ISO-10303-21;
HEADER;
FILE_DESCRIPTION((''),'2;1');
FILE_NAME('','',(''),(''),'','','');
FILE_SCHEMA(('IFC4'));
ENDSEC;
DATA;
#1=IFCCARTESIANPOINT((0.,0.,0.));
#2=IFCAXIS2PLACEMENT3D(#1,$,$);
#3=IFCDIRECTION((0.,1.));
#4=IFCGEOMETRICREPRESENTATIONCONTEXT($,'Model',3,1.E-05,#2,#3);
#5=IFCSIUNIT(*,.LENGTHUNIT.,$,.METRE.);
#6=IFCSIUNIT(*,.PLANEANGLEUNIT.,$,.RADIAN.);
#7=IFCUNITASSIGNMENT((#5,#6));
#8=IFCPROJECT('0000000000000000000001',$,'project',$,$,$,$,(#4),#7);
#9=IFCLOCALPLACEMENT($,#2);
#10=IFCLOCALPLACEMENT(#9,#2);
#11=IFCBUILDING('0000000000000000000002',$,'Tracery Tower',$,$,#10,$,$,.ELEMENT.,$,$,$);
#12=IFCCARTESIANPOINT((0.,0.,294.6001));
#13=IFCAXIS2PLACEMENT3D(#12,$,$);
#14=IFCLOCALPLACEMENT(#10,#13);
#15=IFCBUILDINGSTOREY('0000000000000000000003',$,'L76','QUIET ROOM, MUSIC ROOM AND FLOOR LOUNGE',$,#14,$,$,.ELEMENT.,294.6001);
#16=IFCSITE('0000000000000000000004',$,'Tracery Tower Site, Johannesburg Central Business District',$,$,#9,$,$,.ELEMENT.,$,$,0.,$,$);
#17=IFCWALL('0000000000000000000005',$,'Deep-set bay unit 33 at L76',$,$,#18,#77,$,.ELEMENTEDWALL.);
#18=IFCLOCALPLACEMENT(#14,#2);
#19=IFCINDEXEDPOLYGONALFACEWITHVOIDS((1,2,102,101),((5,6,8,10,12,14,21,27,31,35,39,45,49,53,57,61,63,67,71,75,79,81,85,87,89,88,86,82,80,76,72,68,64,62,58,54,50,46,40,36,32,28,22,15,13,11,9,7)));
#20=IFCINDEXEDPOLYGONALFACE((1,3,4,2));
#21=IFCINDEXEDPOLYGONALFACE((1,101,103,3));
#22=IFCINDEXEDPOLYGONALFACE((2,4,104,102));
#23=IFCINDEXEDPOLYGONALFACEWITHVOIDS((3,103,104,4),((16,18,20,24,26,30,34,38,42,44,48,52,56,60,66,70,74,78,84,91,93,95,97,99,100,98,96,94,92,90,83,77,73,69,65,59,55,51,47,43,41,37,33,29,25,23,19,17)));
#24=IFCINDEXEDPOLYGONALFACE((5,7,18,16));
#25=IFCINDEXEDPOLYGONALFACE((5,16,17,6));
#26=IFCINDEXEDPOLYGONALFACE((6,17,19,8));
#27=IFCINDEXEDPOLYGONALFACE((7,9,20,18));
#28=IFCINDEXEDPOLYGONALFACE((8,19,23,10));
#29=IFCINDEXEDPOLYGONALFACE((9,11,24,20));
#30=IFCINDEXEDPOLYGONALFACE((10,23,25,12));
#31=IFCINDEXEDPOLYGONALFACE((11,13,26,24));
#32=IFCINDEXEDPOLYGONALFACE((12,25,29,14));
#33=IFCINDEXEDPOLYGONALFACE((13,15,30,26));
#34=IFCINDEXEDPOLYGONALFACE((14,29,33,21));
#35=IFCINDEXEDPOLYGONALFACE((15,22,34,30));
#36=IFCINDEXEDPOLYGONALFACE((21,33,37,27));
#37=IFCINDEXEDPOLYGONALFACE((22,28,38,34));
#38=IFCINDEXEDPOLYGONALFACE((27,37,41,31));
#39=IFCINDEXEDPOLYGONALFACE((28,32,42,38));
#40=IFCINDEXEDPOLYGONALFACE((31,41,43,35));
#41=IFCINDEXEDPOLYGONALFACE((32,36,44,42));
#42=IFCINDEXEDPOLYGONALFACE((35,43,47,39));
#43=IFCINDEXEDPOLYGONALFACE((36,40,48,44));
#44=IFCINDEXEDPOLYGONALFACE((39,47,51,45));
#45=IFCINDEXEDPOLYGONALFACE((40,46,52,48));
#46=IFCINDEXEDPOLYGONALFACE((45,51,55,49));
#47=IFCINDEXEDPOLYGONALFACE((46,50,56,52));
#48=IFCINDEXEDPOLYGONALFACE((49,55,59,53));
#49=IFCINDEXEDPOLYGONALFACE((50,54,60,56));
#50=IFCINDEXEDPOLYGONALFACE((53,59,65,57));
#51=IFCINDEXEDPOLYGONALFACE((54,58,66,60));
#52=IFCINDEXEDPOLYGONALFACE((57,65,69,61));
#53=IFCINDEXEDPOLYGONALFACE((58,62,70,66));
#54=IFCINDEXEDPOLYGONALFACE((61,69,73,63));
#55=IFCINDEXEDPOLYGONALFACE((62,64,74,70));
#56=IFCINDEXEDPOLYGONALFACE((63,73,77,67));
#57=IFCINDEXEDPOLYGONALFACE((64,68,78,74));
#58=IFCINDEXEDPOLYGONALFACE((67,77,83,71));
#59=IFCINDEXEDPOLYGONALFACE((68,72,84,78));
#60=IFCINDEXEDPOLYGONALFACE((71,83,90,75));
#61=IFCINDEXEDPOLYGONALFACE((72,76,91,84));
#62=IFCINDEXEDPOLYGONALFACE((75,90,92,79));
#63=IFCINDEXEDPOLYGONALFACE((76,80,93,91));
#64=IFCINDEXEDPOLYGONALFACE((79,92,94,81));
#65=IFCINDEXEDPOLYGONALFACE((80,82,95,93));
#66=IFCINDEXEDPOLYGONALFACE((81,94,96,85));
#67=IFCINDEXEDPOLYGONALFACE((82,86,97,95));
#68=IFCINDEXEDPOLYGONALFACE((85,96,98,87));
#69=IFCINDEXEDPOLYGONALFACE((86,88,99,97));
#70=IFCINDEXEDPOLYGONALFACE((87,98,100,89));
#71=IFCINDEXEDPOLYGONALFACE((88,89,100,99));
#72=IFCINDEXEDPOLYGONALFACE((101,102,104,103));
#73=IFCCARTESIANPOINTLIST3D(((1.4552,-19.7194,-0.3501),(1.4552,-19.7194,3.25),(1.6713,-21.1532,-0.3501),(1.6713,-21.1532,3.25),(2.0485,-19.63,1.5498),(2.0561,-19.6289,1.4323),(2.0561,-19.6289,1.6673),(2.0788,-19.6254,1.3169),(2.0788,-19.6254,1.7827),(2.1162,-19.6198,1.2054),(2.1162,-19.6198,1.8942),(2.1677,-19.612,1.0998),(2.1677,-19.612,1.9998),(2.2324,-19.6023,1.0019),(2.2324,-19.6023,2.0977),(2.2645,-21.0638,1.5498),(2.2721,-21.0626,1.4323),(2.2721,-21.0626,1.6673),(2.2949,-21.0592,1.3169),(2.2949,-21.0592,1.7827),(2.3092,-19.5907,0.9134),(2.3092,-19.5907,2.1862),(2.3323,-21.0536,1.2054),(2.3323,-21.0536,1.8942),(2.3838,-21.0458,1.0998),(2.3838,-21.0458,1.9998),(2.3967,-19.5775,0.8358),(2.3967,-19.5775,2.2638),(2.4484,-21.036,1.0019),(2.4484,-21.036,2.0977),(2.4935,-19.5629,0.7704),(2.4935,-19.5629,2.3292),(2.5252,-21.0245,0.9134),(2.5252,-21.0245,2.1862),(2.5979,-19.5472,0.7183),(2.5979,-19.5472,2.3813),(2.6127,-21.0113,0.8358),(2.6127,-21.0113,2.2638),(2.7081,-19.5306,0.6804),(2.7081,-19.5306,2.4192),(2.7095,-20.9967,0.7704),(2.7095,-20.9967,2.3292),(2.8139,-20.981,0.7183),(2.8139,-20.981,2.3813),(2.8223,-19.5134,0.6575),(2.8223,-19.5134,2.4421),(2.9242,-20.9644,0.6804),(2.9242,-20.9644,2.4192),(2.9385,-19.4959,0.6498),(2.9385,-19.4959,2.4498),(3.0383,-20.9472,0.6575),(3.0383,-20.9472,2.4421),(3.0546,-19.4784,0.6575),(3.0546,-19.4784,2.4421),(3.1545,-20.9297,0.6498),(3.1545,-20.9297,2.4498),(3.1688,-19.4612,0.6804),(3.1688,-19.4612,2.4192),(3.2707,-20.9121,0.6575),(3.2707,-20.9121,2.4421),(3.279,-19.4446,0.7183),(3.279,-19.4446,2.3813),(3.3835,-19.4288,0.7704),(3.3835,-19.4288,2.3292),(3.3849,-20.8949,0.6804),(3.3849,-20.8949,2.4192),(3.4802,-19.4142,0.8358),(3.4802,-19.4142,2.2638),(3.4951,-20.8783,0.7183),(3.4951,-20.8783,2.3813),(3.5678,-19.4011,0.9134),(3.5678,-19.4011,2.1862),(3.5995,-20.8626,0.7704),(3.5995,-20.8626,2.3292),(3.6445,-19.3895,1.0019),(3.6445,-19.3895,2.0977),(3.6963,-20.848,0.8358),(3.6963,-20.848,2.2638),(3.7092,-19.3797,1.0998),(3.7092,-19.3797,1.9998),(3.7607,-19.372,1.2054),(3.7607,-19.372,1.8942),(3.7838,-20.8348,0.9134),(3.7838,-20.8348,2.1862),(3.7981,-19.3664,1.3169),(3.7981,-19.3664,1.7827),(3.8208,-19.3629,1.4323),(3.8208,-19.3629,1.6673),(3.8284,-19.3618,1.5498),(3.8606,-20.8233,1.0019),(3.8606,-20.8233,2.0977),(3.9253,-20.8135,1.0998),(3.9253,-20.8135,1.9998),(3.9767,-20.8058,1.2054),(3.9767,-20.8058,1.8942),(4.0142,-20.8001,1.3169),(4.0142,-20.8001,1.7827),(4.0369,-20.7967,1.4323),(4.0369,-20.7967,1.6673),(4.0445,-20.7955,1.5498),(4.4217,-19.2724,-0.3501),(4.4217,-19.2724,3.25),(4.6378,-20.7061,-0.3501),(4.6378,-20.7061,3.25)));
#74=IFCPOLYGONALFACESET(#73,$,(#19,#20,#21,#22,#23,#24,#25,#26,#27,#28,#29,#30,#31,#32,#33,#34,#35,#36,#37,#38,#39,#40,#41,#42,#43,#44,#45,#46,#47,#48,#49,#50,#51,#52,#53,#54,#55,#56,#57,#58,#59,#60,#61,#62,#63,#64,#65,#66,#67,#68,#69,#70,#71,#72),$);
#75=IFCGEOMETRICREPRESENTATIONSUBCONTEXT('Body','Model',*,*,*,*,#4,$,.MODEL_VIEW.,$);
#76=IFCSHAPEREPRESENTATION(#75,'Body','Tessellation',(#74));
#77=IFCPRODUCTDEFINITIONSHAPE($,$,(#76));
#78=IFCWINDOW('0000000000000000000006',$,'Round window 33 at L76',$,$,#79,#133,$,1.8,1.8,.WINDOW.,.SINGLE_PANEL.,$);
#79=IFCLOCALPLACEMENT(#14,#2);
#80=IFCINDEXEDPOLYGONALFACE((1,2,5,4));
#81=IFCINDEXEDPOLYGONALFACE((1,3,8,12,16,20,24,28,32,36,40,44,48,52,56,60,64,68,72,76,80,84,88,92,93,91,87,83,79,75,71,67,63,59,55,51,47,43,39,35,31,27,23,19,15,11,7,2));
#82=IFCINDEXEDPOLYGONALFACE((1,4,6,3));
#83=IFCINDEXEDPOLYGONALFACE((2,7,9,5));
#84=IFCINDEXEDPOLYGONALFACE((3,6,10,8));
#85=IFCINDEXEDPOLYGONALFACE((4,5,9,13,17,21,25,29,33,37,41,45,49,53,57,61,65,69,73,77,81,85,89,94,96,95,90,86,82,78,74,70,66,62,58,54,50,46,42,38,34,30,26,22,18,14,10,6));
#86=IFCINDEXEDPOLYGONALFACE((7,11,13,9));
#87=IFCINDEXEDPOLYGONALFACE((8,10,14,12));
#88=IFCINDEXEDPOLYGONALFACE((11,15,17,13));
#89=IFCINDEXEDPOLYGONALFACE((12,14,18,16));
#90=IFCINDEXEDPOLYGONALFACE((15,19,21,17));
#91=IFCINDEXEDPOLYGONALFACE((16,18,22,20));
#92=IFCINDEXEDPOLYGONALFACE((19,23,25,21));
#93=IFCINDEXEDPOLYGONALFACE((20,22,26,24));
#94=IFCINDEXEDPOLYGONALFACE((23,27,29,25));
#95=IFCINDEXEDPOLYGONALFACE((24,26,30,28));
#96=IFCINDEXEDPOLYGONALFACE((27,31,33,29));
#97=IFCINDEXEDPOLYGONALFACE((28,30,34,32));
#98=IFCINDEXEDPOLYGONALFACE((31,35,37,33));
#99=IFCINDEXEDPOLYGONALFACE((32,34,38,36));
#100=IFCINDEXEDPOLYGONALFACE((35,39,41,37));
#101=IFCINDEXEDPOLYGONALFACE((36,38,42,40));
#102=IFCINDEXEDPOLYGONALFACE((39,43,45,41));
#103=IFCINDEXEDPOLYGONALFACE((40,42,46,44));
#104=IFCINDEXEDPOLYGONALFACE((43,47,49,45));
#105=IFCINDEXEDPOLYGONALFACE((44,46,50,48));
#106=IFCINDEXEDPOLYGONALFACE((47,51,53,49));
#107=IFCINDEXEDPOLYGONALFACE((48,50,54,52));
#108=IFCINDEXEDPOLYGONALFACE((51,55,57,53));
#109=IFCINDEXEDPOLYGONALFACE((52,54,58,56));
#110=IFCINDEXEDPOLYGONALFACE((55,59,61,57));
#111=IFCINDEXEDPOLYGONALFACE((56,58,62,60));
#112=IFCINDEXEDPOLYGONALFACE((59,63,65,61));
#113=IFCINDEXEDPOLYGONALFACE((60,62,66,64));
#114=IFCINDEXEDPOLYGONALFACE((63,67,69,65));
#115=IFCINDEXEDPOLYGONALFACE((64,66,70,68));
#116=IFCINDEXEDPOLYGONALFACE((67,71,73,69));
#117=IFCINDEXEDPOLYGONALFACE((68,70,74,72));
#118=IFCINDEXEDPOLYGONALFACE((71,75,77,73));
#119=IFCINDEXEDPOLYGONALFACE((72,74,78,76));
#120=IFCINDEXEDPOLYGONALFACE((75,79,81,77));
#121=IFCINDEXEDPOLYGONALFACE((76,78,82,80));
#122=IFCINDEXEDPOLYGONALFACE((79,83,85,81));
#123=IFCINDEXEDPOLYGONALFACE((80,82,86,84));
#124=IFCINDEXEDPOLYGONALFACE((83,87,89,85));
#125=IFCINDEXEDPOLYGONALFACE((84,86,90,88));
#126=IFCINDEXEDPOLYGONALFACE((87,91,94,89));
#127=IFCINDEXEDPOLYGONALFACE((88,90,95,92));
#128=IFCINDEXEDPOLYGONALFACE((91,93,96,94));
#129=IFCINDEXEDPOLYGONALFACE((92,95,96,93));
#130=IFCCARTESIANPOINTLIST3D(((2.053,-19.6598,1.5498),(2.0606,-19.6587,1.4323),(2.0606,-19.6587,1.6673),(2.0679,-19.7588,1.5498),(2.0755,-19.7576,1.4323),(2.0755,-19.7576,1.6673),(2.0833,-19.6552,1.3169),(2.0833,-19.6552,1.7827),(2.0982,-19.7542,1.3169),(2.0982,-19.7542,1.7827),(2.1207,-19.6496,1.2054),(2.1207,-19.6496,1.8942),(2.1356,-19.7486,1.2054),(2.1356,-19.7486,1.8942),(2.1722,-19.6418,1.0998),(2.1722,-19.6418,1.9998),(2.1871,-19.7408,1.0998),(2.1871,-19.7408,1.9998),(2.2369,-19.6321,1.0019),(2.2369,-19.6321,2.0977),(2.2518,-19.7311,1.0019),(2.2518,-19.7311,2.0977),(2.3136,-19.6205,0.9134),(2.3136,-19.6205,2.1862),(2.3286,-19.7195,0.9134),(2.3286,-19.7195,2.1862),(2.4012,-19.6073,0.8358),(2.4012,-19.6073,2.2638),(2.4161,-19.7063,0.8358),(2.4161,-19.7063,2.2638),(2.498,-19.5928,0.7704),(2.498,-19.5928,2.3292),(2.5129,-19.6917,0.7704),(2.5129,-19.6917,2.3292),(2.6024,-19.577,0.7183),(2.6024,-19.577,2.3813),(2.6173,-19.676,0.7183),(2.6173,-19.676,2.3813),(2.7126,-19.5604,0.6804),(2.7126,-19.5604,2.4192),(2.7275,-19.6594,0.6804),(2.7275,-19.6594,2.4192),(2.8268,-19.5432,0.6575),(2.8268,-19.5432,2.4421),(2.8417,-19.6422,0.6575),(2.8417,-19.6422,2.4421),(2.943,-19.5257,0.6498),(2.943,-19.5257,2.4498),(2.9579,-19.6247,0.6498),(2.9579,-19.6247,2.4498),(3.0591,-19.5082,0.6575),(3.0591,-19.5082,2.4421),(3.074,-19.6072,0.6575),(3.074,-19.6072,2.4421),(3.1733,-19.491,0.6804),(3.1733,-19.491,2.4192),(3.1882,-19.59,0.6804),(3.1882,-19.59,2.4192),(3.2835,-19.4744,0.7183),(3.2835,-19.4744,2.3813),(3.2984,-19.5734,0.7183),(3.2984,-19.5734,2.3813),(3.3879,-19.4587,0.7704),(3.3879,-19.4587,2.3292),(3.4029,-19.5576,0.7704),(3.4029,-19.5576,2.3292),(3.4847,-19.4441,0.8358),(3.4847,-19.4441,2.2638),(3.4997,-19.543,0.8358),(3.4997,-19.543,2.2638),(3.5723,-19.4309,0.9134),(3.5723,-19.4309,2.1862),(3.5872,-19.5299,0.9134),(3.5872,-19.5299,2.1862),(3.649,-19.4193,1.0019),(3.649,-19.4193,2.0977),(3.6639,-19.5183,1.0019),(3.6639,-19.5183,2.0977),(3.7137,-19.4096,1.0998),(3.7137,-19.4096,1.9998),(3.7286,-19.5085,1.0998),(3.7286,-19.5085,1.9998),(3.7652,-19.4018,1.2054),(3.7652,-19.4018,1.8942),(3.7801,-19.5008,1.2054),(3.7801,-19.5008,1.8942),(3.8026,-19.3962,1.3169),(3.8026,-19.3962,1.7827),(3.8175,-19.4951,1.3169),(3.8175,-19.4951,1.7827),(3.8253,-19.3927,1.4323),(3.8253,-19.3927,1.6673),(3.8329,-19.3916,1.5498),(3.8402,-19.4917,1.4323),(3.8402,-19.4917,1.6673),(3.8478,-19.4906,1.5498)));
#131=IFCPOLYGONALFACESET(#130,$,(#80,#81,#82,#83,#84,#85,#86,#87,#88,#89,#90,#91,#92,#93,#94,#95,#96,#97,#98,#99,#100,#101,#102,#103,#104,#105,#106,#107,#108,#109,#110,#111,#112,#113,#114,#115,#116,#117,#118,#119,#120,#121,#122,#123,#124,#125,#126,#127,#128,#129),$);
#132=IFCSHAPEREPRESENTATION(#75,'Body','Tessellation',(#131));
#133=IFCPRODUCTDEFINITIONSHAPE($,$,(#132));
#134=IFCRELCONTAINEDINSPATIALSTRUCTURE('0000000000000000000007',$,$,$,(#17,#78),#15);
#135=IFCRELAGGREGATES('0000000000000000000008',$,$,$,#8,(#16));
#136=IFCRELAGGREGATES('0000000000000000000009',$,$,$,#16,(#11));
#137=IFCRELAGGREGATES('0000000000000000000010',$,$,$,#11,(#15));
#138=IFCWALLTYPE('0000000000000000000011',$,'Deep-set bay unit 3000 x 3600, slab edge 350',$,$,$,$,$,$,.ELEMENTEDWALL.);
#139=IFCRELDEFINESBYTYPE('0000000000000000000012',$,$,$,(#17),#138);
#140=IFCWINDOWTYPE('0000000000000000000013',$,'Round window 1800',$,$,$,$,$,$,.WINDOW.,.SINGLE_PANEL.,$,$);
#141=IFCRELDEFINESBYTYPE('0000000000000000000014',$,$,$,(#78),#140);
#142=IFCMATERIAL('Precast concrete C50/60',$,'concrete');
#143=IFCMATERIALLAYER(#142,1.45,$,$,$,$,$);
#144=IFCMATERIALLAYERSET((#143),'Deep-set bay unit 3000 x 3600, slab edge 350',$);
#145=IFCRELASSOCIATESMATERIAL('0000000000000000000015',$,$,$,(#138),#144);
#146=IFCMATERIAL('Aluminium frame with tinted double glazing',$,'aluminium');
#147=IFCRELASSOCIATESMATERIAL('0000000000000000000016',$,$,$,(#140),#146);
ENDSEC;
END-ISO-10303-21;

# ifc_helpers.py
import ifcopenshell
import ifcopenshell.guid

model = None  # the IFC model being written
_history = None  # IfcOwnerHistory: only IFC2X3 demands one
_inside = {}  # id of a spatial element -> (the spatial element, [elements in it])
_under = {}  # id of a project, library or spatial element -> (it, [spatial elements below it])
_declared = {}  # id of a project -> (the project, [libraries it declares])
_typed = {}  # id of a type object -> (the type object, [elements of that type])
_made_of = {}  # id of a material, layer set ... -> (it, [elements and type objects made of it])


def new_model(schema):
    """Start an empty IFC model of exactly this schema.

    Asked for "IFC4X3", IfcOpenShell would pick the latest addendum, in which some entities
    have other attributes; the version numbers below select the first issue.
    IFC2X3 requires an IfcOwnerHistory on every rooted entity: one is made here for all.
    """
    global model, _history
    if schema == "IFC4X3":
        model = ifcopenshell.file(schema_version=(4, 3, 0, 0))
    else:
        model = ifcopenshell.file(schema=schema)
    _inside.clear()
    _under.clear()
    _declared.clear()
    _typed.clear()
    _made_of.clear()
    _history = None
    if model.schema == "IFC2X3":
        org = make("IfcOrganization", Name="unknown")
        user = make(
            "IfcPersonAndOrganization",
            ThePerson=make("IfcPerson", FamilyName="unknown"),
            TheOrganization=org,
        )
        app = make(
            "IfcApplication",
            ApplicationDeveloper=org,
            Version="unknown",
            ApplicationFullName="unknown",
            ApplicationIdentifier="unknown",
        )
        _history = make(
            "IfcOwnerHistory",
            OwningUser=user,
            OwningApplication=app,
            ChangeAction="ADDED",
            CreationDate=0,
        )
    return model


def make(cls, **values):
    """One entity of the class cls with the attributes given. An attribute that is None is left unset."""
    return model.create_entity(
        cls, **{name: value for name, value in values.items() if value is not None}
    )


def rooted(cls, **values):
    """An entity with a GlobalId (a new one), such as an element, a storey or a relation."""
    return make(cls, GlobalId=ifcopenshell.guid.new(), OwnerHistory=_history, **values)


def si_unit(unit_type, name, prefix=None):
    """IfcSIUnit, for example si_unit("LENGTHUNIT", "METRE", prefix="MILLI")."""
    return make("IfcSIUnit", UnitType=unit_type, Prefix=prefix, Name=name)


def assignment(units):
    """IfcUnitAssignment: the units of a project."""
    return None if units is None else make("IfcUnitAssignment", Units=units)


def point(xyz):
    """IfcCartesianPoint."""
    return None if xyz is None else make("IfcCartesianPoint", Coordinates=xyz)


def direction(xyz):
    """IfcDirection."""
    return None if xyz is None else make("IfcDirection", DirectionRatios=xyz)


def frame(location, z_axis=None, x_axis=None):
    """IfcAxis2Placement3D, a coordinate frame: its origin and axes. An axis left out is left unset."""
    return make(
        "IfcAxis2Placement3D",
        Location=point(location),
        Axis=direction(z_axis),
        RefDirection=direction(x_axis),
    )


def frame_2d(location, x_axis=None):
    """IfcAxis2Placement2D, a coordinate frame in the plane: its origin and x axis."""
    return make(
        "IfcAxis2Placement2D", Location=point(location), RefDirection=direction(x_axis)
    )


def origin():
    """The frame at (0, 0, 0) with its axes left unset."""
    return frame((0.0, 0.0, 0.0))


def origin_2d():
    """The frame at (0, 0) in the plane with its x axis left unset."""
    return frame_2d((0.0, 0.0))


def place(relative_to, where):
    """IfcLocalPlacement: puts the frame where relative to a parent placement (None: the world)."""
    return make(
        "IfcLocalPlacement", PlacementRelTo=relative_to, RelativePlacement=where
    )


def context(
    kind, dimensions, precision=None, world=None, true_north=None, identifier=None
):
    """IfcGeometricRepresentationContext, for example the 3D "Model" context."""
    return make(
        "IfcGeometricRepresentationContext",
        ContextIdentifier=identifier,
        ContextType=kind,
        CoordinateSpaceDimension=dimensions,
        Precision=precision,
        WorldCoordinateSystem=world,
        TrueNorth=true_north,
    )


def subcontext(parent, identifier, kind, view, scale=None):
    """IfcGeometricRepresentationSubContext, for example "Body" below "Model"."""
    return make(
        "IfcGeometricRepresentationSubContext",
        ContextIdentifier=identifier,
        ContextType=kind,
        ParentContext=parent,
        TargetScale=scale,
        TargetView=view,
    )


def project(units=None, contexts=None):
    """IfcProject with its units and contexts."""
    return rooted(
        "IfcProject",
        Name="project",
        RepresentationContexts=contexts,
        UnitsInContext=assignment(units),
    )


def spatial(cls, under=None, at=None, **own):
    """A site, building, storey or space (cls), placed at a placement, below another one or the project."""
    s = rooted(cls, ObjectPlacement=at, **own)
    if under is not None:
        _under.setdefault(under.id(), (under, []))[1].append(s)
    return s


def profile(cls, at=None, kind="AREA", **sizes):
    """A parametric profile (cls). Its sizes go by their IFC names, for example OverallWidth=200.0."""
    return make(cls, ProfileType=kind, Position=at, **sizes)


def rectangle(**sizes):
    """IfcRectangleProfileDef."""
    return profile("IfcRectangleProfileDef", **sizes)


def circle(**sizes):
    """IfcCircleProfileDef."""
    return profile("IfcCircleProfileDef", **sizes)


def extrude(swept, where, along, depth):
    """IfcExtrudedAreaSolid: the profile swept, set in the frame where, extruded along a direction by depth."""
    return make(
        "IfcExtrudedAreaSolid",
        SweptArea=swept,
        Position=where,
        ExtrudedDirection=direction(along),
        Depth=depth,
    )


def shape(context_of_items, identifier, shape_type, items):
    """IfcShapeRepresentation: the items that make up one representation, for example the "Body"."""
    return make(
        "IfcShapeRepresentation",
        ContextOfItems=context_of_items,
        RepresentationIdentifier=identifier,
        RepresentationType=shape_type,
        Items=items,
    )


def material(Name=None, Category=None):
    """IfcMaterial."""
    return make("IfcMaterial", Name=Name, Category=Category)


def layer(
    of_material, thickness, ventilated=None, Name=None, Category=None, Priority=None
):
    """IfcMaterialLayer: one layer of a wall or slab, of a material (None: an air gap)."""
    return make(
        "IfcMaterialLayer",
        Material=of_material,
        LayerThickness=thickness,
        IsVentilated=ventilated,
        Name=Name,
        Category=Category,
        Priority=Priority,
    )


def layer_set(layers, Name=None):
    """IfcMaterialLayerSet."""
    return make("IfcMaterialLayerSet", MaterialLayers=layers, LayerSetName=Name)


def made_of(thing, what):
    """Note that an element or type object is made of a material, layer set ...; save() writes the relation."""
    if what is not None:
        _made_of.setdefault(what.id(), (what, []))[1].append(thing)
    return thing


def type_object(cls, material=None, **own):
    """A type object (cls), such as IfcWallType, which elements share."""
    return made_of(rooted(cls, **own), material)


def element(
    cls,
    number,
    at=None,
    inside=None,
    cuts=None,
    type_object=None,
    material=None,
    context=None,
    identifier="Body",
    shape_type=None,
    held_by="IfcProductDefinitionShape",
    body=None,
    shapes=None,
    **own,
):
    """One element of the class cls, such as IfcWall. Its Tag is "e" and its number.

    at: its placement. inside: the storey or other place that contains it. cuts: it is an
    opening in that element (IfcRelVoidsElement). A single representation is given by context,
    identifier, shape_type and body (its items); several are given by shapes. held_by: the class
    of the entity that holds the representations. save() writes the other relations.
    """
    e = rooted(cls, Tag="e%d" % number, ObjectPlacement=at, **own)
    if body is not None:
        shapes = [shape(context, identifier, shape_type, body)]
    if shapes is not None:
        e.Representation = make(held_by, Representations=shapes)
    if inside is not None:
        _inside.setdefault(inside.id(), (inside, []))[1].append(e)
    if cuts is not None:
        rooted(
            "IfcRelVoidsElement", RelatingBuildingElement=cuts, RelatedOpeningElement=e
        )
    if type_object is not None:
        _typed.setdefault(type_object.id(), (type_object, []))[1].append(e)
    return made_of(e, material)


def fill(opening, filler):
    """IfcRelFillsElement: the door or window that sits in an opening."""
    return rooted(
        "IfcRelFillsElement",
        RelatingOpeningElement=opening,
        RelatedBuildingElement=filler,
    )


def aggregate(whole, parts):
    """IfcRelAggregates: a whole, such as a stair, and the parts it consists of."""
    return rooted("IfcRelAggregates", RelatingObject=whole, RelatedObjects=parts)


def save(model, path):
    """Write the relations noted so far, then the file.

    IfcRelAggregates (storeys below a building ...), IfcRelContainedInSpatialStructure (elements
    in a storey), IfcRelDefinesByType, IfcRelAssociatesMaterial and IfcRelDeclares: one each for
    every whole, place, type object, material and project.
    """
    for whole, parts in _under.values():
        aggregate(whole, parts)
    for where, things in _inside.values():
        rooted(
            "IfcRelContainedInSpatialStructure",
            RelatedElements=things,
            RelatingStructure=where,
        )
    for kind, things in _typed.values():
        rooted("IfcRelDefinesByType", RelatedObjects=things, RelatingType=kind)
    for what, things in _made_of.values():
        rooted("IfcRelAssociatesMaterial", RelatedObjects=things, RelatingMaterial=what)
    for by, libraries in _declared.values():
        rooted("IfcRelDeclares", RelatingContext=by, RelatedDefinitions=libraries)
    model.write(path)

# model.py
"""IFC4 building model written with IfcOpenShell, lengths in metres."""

from ifc_helpers import new_model, si_unit, direction, frame, frame_2d, origin, origin_2d, place, context, subcontext, project, spatial, rectangle, circle, extrude, material, layer, layer_set, type_object, element, fill, save


model = new_model("IFC4")

# Units and contexts
model_context = context("Model", 3, precision=1e-05, world=origin(), true_north=direction((0.0, 1.0)))
body_context = subcontext(model_context, "Body", "Model", "MODEL_VIEW")
ifc_project = project(units=[si_unit("LENGTHUNIT", "METRE"), si_unit("PLANEANGLEUNIT", "RADIAN")], contexts=[model_context])

# Site, building, storey
site_placement = place(None, origin())
site = spatial("IfcSite", under=ifc_project, at=site_placement, Name="Tracery Tower Site, Johannesburg Central Business District", CompositionType="ELEMENT", RefElevation=0.0)
building_placement = place(site_placement, origin())
building = spatial("IfcBuilding", under=site, at=building_placement, Name="Tracery Tower", CompositionType="ELEMENT")
storey_placement = place(building_placement, frame((0.0, 0.0, 294.6001)))
storey = spatial("IfcBuildingStorey", under=building, at=storey_placement, Name="L76", Description="QUIET ROOM, MUSIC ROOM AND FLOOR LOUNGE", CompositionType="ELEMENT", Elevation=294.6001)

# Wall, opening, window
ifc_material_1 = material(Name="Precast concrete C50/60", Category="concrete")
ifc_layer_1 = layer(ifc_material_1, 1.45)
ifc_layer_set_1 = layer_set([ifc_layer_1], Name="Deep-set bay unit 3000 x 3600, slab edge 350")
wall_type_1 = type_object("IfcWallType", Name="Deep-set bay unit 3000 x 3600, slab edge 350", PredefinedType="ELEMENTEDWALL", material=ifc_layer_set_1)
wall_1_placement = place(storey_placement, frame((1.5632, -20.4363, -0.3501), z_axis=(0.0, 0.0, 1.0), x_axis=(0.988836, 0.149005, 0.0)))
wall_1 = element("IfcWall", 1, at=wall_1_placement, inside=storey, type_object=wall_type_1, Name="Deep-set bay unit 33 at L76", PredefinedType="ELEMENTEDWALL", context=body_context, shape_type="SweptSolid", body=[
    extrude(rectangle(XDim=3.0, YDim=1.45, at=frame_2d((1.5, 0.0))), origin(), (0.0, 0.0, 1.0), 3.6001),
])
opening_1_placement = place(wall_1_placement, frame((1.5, 0.0, 1.8999)))
opening_1 = element("IfcOpeningElement", 2, at=opening_1_placement, cuts=wall_1, PredefinedType="OPENING", context=body_context, shape_type="SweptSolid", body=[
    extrude(circle(Radius=0.9, at=origin_2d()), frame((0.0, 0.7349, 0.0), z_axis=(0.0, -1.0, 0.0), x_axis=(1.0, 0.0, 0.0)), (0.0, 0.0, 1.0), 1.47),
])
ifc_material_2 = material(Name="Aluminium frame with tinted double glazing", Category="aluminium")
window_type = type_object("IfcWindowType", Name="Round window 1800", PartitioningType="SINGLE_PANEL", PredefinedType="WINDOW", material=ifc_material_2)
window_1_placement = place(opening_1_placement, origin())
window_1 = element("IfcWindow", 3, at=window_1_placement, inside=storey, type_object=window_type, Name="Round window 33 at L76", OverallHeight=1.8, OverallWidth=1.8, PartitioningType="SINGLE_PANEL", PredefinedType="WINDOW", context=body_context, shape_type="SweptSolid", body=[
    extrude(circle(Radius=0.9, at=origin_2d()), frame((0.0, 0.6948, 0.0), z_axis=(0.0, -1.0, 0.0), x_axis=(1.0, 0.0, 0.0)), (0.0, 0.0, 1.0), 0.1001),
])
fill(opening_1, window_1)

save(model, "model.ifc")
